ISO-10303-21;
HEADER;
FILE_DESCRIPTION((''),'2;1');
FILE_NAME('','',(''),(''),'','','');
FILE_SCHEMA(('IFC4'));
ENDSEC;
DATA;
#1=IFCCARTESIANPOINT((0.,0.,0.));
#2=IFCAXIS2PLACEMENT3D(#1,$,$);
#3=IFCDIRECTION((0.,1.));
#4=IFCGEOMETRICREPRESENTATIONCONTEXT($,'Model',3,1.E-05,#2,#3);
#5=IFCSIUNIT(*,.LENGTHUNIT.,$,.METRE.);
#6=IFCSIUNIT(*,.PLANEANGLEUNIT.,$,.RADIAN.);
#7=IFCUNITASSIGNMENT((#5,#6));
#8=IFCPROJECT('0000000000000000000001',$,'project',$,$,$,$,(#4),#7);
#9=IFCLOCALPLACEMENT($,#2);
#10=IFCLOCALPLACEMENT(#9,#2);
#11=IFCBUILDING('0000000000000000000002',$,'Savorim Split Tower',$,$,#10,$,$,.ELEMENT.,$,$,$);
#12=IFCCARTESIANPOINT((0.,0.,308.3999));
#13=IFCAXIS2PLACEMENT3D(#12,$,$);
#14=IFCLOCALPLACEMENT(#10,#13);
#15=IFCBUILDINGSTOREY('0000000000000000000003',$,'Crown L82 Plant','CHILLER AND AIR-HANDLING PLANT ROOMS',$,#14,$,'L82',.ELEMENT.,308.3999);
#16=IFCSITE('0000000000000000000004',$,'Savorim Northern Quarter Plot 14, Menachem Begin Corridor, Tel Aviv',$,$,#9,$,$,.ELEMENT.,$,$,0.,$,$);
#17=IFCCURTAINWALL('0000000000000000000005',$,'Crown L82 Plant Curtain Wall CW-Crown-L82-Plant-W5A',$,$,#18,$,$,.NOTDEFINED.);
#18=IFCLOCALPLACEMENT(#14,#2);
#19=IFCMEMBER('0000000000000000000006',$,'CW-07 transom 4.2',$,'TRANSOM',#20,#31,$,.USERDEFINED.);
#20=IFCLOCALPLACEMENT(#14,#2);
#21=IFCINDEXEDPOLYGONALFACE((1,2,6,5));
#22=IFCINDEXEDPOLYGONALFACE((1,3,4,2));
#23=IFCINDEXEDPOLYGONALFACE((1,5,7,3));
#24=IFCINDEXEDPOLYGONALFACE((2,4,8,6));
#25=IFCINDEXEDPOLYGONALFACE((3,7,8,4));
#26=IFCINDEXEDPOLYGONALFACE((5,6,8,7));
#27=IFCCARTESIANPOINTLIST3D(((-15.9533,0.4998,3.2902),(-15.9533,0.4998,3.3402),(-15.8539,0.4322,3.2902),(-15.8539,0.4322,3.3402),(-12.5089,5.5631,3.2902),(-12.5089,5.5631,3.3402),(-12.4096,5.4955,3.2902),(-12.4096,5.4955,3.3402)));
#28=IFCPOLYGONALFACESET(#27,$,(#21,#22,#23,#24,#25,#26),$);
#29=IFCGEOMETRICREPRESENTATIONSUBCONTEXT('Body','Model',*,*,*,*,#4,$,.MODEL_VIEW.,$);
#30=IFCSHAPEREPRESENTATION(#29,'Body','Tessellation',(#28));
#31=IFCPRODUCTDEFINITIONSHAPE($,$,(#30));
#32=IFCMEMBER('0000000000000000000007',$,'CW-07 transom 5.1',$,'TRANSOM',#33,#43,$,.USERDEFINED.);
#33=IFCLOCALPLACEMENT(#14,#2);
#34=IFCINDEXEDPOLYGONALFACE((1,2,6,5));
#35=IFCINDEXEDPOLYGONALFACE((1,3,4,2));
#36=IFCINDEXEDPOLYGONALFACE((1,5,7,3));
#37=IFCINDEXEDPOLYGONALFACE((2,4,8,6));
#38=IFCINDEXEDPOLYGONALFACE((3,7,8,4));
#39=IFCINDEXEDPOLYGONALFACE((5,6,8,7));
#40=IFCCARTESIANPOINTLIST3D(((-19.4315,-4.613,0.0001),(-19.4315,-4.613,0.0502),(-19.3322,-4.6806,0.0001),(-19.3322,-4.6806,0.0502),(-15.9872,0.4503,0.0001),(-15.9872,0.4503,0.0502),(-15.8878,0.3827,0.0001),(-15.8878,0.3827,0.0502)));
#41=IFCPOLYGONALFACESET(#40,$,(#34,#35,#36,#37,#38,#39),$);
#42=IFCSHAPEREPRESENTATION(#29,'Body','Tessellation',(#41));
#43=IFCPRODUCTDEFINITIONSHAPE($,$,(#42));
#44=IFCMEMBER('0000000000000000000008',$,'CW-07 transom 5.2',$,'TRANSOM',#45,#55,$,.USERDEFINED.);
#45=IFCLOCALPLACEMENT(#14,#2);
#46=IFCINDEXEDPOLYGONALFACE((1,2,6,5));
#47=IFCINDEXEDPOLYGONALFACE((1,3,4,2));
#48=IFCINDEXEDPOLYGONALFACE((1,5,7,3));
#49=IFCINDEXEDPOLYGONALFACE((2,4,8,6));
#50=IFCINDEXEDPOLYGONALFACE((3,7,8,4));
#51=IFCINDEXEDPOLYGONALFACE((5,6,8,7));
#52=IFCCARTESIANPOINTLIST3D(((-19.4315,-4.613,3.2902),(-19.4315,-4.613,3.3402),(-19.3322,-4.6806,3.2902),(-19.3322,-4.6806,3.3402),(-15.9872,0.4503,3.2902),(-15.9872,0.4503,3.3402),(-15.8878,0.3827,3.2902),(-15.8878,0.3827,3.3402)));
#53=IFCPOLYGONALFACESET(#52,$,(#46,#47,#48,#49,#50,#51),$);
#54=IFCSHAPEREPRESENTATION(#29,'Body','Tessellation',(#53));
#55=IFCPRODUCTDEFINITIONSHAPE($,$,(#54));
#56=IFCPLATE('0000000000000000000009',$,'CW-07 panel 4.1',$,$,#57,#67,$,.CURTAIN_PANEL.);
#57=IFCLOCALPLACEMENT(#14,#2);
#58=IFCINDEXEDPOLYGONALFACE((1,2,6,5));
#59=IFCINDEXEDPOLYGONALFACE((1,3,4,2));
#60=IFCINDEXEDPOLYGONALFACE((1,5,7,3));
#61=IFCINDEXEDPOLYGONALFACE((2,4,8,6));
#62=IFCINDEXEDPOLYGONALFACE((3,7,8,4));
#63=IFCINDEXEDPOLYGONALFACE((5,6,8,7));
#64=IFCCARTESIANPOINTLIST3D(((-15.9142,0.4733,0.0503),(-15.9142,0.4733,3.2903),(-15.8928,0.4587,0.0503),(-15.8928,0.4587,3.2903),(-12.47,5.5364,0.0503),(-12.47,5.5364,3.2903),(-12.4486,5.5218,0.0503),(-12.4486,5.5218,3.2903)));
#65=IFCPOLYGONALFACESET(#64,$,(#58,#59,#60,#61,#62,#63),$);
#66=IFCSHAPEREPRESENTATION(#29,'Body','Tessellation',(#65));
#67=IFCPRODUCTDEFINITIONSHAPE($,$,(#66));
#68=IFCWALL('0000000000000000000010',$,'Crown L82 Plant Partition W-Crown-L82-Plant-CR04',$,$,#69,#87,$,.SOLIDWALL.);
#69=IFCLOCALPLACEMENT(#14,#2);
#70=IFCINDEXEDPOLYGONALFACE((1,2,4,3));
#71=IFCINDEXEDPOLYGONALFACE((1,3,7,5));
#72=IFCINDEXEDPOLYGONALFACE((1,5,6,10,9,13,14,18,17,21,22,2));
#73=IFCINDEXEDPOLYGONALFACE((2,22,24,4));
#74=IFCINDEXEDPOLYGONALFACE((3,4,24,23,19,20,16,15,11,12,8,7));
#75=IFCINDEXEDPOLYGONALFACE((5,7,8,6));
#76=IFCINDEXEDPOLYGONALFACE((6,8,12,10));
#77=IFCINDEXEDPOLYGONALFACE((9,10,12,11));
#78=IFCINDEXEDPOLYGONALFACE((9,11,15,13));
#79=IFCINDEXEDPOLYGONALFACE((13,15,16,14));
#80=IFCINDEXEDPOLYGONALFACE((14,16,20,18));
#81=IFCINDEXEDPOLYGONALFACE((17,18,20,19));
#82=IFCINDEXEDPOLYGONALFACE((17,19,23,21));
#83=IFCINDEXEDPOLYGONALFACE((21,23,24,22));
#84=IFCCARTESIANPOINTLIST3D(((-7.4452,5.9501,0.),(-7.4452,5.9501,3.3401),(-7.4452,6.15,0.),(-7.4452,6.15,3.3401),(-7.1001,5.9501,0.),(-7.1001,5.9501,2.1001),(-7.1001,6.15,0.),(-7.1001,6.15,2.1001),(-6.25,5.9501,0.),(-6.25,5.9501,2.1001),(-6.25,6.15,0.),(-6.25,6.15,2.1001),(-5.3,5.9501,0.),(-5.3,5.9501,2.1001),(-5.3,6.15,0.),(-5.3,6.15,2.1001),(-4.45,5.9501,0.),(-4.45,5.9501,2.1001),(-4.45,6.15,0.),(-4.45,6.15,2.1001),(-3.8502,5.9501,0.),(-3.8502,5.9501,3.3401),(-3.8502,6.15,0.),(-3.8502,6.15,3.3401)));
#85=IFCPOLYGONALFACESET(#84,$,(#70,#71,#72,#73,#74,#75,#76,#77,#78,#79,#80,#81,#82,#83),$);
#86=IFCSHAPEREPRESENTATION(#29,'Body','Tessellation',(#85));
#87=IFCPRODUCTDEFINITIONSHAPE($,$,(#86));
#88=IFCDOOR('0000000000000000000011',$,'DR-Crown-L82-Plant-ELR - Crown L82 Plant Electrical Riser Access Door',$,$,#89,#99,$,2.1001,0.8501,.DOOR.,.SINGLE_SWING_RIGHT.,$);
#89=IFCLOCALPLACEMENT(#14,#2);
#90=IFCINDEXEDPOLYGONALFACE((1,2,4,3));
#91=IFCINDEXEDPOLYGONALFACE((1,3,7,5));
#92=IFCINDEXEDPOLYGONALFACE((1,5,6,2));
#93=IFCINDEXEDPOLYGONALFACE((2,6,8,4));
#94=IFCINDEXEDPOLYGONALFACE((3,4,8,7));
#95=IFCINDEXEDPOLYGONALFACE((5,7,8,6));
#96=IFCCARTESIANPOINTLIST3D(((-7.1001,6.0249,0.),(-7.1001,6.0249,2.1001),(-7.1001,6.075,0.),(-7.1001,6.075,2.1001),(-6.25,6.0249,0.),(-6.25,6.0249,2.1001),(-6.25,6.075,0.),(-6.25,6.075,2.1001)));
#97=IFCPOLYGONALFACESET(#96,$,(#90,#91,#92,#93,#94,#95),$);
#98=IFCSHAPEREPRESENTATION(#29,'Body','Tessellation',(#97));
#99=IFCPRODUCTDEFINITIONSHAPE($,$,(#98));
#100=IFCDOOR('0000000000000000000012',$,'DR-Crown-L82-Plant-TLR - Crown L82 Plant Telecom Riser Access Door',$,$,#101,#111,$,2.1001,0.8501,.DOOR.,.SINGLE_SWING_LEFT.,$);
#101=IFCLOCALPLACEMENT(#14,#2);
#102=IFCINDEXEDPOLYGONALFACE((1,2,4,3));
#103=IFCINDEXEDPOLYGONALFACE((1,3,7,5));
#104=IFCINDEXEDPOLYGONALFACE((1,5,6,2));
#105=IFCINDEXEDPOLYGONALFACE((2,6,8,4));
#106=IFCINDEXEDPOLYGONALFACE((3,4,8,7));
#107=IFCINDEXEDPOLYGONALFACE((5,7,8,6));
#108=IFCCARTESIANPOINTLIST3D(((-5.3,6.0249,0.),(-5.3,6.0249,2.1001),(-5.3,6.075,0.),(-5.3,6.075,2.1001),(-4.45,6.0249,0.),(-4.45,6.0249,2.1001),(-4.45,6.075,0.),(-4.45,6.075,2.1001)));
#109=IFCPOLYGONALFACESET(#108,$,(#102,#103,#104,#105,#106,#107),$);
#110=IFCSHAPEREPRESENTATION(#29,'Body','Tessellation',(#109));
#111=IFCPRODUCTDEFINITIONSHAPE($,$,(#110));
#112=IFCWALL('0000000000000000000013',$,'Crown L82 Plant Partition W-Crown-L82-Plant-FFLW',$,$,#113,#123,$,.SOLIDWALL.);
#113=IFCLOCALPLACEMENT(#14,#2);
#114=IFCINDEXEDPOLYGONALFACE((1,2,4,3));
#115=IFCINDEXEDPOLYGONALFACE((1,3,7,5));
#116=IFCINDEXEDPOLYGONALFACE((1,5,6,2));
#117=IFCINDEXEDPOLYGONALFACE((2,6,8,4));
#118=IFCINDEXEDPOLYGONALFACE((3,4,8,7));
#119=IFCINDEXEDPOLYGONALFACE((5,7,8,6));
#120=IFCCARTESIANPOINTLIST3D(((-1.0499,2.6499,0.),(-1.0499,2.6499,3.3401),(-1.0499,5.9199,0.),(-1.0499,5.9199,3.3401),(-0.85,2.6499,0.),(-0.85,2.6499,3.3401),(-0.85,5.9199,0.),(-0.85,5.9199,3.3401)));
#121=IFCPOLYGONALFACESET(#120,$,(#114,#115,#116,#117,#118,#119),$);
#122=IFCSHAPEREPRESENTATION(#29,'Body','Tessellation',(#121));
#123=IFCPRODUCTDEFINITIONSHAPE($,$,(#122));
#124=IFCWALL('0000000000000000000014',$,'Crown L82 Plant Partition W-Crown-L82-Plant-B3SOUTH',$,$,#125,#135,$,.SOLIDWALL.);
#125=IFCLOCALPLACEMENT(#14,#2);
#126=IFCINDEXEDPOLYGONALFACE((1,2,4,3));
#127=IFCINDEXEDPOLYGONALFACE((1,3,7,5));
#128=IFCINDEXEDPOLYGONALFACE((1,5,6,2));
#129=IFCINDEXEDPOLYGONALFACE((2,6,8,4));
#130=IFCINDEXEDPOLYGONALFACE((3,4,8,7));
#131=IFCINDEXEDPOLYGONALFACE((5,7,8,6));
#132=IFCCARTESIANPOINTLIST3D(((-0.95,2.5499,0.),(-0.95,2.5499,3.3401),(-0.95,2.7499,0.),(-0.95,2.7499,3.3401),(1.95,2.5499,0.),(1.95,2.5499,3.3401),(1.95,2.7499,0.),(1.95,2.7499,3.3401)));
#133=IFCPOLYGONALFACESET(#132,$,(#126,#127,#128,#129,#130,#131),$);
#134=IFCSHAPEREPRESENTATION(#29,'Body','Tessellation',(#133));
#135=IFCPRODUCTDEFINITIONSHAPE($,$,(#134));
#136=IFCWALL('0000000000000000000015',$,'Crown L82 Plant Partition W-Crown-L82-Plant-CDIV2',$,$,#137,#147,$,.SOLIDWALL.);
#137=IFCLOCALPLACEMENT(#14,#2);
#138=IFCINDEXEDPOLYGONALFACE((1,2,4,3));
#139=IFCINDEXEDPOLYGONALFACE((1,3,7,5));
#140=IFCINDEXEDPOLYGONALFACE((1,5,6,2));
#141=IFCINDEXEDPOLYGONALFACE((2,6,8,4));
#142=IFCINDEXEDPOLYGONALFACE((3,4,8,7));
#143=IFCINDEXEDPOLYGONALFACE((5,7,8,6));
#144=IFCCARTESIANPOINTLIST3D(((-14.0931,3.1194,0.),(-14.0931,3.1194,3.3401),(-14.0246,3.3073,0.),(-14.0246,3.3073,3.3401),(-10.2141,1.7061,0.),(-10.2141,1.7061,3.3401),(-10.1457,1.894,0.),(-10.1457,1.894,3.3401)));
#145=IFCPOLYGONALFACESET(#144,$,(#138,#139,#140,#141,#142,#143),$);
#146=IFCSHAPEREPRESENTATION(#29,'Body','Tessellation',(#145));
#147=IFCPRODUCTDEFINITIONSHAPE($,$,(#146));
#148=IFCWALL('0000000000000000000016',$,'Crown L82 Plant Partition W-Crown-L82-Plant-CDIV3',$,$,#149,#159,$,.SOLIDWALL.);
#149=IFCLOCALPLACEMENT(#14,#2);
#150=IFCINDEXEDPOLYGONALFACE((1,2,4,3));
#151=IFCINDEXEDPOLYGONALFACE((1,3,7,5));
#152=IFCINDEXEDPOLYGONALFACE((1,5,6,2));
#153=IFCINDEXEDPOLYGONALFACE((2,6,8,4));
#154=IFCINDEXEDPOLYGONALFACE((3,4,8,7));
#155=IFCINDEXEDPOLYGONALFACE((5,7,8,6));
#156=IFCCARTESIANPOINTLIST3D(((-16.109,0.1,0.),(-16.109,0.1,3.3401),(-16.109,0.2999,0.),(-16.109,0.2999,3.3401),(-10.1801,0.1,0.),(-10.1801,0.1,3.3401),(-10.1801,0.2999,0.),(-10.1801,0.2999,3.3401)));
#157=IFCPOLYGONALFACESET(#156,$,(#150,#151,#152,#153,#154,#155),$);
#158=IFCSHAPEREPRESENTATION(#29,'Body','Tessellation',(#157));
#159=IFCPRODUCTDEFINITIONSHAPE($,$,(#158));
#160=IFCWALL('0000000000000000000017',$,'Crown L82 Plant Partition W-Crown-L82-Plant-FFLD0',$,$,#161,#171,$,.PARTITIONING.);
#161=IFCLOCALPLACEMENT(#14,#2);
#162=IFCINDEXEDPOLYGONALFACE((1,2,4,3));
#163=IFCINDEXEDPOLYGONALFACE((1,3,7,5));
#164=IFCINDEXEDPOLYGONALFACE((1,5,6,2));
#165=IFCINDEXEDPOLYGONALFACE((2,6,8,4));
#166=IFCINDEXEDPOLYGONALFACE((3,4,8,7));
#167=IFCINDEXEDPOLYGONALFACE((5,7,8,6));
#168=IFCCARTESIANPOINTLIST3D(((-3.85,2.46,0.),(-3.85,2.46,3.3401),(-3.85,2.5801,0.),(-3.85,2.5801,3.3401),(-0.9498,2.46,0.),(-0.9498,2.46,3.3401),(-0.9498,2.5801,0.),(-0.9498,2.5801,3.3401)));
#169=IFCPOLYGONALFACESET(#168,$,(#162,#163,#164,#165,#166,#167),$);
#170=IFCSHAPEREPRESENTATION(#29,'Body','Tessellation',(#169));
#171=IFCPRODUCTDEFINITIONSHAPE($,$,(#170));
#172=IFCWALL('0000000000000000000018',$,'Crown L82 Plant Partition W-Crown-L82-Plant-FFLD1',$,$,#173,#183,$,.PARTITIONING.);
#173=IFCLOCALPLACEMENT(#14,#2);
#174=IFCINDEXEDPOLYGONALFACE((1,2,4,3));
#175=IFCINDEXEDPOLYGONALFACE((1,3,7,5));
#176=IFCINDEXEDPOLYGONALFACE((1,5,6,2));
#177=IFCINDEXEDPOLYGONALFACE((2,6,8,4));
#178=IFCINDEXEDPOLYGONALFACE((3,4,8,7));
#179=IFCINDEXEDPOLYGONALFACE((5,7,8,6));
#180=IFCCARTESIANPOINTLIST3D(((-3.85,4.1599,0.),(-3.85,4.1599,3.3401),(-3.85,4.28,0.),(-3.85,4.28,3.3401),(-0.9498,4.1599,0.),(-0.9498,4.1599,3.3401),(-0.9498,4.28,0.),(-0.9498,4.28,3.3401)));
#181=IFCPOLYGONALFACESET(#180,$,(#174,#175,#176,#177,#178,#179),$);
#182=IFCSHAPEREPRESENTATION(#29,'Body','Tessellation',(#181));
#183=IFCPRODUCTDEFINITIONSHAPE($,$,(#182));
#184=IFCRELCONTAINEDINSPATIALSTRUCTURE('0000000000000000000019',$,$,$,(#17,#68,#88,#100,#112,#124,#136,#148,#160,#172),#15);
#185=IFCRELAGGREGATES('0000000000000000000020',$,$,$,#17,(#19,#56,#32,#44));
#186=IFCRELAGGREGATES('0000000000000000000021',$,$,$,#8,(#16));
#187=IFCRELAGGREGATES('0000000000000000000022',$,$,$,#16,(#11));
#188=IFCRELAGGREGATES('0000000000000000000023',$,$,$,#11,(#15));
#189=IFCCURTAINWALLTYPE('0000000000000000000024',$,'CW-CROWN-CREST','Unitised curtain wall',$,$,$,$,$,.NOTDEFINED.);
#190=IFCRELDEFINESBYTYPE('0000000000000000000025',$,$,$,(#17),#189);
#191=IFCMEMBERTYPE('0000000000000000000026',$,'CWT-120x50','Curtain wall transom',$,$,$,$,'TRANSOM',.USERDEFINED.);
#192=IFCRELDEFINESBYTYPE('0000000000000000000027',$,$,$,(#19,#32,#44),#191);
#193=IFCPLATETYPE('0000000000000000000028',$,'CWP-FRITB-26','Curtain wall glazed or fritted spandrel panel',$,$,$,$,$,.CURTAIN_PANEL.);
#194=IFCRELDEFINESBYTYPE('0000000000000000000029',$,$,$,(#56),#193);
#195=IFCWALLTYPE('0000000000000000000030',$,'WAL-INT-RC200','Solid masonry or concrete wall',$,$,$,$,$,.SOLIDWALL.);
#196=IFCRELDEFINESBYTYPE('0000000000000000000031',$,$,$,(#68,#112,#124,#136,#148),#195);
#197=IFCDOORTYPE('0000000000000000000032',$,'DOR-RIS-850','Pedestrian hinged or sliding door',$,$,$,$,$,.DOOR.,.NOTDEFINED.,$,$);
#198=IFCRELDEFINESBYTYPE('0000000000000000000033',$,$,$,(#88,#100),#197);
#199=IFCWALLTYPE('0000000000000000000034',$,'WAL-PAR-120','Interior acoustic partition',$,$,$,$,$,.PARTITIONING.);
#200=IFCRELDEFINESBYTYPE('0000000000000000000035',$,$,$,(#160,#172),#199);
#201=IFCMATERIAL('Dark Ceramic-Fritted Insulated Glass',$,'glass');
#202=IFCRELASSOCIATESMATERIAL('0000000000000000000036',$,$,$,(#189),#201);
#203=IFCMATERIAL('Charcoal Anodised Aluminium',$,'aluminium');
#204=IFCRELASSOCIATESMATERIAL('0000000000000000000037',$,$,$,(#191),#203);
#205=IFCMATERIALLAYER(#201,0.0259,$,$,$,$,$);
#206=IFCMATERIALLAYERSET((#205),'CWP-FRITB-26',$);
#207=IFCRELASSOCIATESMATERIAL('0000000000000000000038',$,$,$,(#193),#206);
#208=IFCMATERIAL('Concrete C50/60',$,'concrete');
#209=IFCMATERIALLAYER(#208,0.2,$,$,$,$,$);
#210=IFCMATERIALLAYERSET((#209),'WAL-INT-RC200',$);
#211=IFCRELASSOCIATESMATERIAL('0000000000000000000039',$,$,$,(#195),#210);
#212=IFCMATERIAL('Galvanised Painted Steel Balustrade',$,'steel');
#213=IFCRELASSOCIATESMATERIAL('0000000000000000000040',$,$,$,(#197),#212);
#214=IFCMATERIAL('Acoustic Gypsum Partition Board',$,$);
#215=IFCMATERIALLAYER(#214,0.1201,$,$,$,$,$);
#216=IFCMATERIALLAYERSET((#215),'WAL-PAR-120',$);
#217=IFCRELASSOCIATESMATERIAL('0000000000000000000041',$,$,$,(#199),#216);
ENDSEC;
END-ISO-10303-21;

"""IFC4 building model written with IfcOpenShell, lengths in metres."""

from ifc_helpers import new_model, si_unit, direction, frame, frame_2d, origin, origin_2d, place, context, subcontext, project, spatial, rectangle, extrude, material, layer, layer_set, material_profile, profile_set, type_object, element, fill, aggregate, save


model = new_model("IFC4")

# Units and contexts
model_context = context("Model", 3, precision=1e-05, world=origin(), true_north=direction((0.0, 1.0)))
body_context = subcontext(model_context, "Body", "Model", "MODEL_VIEW")
ifc_project = project(units=[si_unit("LENGTHUNIT", "METRE"), si_unit("PLANEANGLEUNIT", "RADIAN")], contexts=[model_context])

# Site, building, storey
site_placement = place(None, origin())
site = spatial("IfcSite", under=ifc_project, at=site_placement, Name="Savorim Northern Quarter Plot 14, Menachem Begin Corridor, Tel Aviv", CompositionType="ELEMENT", RefElevation=0.0)
building_placement = place(site_placement, origin())
building = spatial("IfcBuilding", under=site, at=building_placement, Name="Savorim Split Tower", CompositionType="ELEMENT")
storey_placement = place(building_placement, frame((0.0, 0.0, 308.3999)))
storey = spatial("IfcBuildingStorey", under=building, at=storey_placement, Name="Crown L82 Plant", Description="CHILLER AND AIR-HANDLING PLANT ROOMS", LongName="L82", CompositionType="ELEMENT", Elevation=308.3999)

# Curtain wall, members, plate
ifc_material_1 = material(Name="Dark Ceramic-Fritted Insulated Glass", Category="glass")
curtain_wall_type = type_object("IfcCurtainWallType", Name="CW-CROWN-CREST", Description="Unitised curtain wall", PredefinedType="NOTDEFINED", material=ifc_material_1)
curtain_wall_placement = place(storey_placement, origin())
curtain_wall = element("IfcCurtainWall", 1, at=curtain_wall_placement, inside=storey, type_object=curtain_wall_type, Name="Crown L82 Plant Curtain Wall CW-Crown-L82-Plant-W5A", PredefinedType="NOTDEFINED")
ifc_material_2 = material(Name="Charcoal Anodised Aluminium", Category="aluminium")
ifc_material_profile_1 = material_profile(ifc_material_2, rectangle(XDim=0.1201, YDim=0.05, at=origin_2d()), Name="ALU-T 120x50")
ifc_profile_set_1 = profile_set([ifc_material_profile_1], Name="Charcoal Anodised Aluminium")
member_type_1 = type_object("IfcMemberType", Name="CWT-120x50", Description="Curtain wall transom", ElementType="TRANSOM", PredefinedType="USERDEFINED", material=ifc_profile_set_1)
member_1_placement = place(storey_placement, frame((-12.4592, 5.5293, 3.3152), z_axis=(-0.562459, -0.826825, 0.0), x_axis=(0.826825, -0.562459, 0.0)))
member_1 = element("IfcMember", 2, at=member_1_placement, type_object=member_type_1, Name="CW-07 transom 4.2", ObjectType="TRANSOM", PredefinedType="USERDEFINED", context=body_context, shape_type="SweptSolid", body=[
    extrude(rectangle(XDim=0.1201, YDim=0.05, at=origin_2d()), origin(), (0.0, 0.0, 1.0), 6.1238),
])
member_2_placement = place(storey_placement, frame((-15.9375, 0.4165, 0.0251), z_axis=(-0.562459, -0.826825, 0.0), x_axis=(0.826825, -0.562459, 0.0)))
member_2 = element("IfcMember", 3, at=member_2_placement, type_object=member_type_1, Name="CW-07 transom 5.1", ObjectType="TRANSOM", PredefinedType="USERDEFINED", context=body_context, shape_type="SweptSolid", body=[
    extrude(rectangle(XDim=0.1201, YDim=0.05, at=origin_2d()), origin(), (0.0, 0.0, 1.0), 6.1238),
])
member_3_placement = place(storey_placement, frame((-15.9375, 0.4165, 3.3152), z_axis=(-0.562459, -0.826825, 0.0), x_axis=(0.826825, -0.562459, 0.0)))
member_3 = element("IfcMember", 4, at=member_3_placement, type_object=member_type_1, Name="CW-07 transom 5.2", ObjectType="TRANSOM", PredefinedType="USERDEFINED", context=body_context, shape_type="SweptSolid", body=[
    extrude(rectangle(XDim=0.1201, YDim=0.05, at=origin_2d()), origin(), (0.0, 0.0, 1.0), 6.1238),
])
ifc_layer_1 = layer(ifc_material_1, 0.0259)
ifc_layer_set_1 = layer_set([ifc_layer_1], Name="CWP-FRITB-26")
plate_type = type_object("IfcPlateType", Name="CWP-FRITB-26", Description="Curtain wall glazed or fritted spandrel panel", PredefinedType="CURTAIN_PANEL", material=ifc_layer_set_1)
plate_placement = place(storey_placement, frame((-14.1814, 2.9976, 0.0503), z_axis=(0.0, 0.0, 1.0), x_axis=(-0.562466, -0.82682, 0.0)))
plate = element("IfcPlate", 5, at=plate_placement, type_object=plate_type, Name="CW-07 panel 4.1", PredefinedType="CURTAIN_PANEL", context=body_context, shape_type="SweptSolid", body=[
    extrude(rectangle(XDim=6.1235, YDim=0.0259, at=origin_2d()), origin(), (0.0, 0.0, 1.0), 3.24),
])
aggregate(curtain_wall, [member_1, plate, member_2, member_3])

# Shared definitions
ifc_material_3 = material(Name="Concrete C50/60", Category="concrete")
ifc_layer_2 = layer(ifc_material_3, 0.2)
ifc_layer_set_2 = layer_set([ifc_layer_2], Name="WAL-INT-RC200")
wall_type_1 = type_object("IfcWallType", Name="WAL-INT-RC200", Description="Solid masonry or concrete wall", PredefinedType="SOLIDWALL", material=ifc_layer_set_2)

# Wall, openings, doors
wall_1_placement = place(storey_placement, frame((-7.4451, 6.05, 0.0), z_axis=(0.0, 0.0, 1.0), x_axis=(1.0, 0.0, 0.0)))
wall_1 = element("IfcWall", 6, at=wall_1_placement, inside=storey, type_object=wall_type_1, Name="Crown L82 Plant Partition W-Crown-L82-Plant-CR04", PredefinedType="SOLIDWALL", context=body_context, shape_type="SweptSolid", body=[
    extrude(rectangle(XDim=3.595, YDim=0.2, at=frame_2d((1.7974, 0.0))), origin(), (0.0, 0.0, 1.0), 3.3401),
])
opening_1_placement = place(wall_1_placement, frame((0.345, 0.0, 0.0)))
opening_1 = element("IfcOpeningElement", 7, at=opening_1_placement, cuts=wall_1, PredefinedType="OPENING", context=body_context, shape_type="SweptSolid", body=[
    extrude(rectangle(XDim=0.8501, YDim=2.1001, at=frame_2d((0.425, 1.05))), frame((0.0, 0.1099, 0.0), z_axis=(0.0, -1.0, 0.0), x_axis=(1.0, 0.0, 0.0)), (0.0, 0.0, 1.0), 0.22),
])
opening_2_placement = place(wall_1_placement, frame((2.145, 0.0, 0.0)))
opening_2 = element("IfcOpeningElement", 8, at=opening_2_placement, cuts=wall_1, PredefinedType="OPENING", context=body_context, shape_type="SweptSolid", body=[
    extrude(rectangle(XDim=0.8501, YDim=2.1001, at=frame_2d((0.425, 1.05))), frame((0.0, 0.1099, 0.0), z_axis=(0.0, -1.0, 0.0), x_axis=(1.0, 0.0, 0.0)), (0.0, 0.0, 1.0), 0.22),
])
ifc_material_4 = material(Name="Galvanised Painted Steel Balustrade", Category="steel")
door_type_1 = type_object("IfcDoorType", Name="DOR-RIS-850", Description="Pedestrian hinged or sliding door", OperationType="NOTDEFINED", PredefinedType="DOOR", material=ifc_material_4)
door_1_placement = place(opening_1_placement, origin())
door_1 = element("IfcDoor", 9, at=door_1_placement, inside=storey, type_object=door_type_1, Name="DR-Crown-L82-Plant-ELR - Crown L82 Plant Electrical Riser Access Door", OperationType="SINGLE_SWING_RIGHT", OverallHeight=2.1001, OverallWidth=0.8501, PredefinedType="DOOR", context=body_context, shape_type="SweptSolid", body=[
    extrude(rectangle(XDim=0.8501, YDim=2.1001, at=frame_2d((0.425, 1.05))), frame((0.0, 0.0249, 0.0), z_axis=(0.0, -1.0, 0.0), x_axis=(1.0, 0.0, 0.0)), (0.0, 0.0, 1.0), 0.05),
])
fill(opening_1, door_1)
door_2_placement = place(opening_2_placement, origin())
door_2 = element("IfcDoor", 10, at=door_2_placement, inside=storey, type_object=door_type_1, Name="DR-Crown-L82-Plant-TLR - Crown L82 Plant Telecom Riser Access Door", OperationType="SINGLE_SWING_LEFT", OverallHeight=2.1001, OverallWidth=0.8501, PredefinedType="DOOR", context=body_context, shape_type="SweptSolid", body=[
    extrude(rectangle(XDim=0.8501, YDim=2.1001, at=frame_2d((0.425, 1.05))), frame((0.0, 0.0249, 0.0), z_axis=(0.0, -1.0, 0.0), x_axis=(1.0, 0.0, 0.0)), (0.0, 0.0, 1.0), 0.05),
])
fill(opening_2, door_2)

# Walls
wall_2_placement = place(storey_placement, frame((-0.95, 2.6499, 0.0), z_axis=(0.0, 0.0, 1.0), x_axis=(0.0, 1.0, 0.0)))
element("IfcWall", 11, at=wall_2_placement, inside=storey, type_object=wall_type_1, Name="Crown L82 Plant Partition W-Crown-L82-Plant-FFLW", PredefinedType="SOLIDWALL", context=body_context, shape_type="SweptSolid", body=[
    extrude(rectangle(XDim=3.27, YDim=0.2, at=frame_2d((1.635, 0.0))), origin(), (0.0, 0.0, 1.0), 3.3401),
])
wall_3_placement = place(storey_placement, frame((-0.95, 2.6499, 0.0), z_axis=(0.0, 0.0, 1.0), x_axis=(1.0, 0.0, 0.0)))
element("IfcWall", 12, at=wall_3_placement, inside=storey, type_object=wall_type_1, Name="Crown L82 Plant Partition W-Crown-L82-Plant-B3SOUTH", PredefinedType="SOLIDWALL", context=body_context, shape_type="SweptSolid", body=[
    extrude(rectangle(XDim=2.8999, YDim=0.2, at=frame_2d((1.45, 0.0))), origin(), (0.0, 0.0, 1.0), 3.3401),
])
wall_4_placement = place(storey_placement, frame((-14.0588, 3.2134, 0.0), z_axis=(0.0, 0.0, 1.0), x_axis=(0.939574, -0.342346, 0.0)))
element("IfcWall", 13, at=wall_4_placement, inside=storey, type_object=wall_type_1, Name="Crown L82 Plant Partition W-Crown-L82-Plant-CDIV2", PredefinedType="SOLIDWALL", context=body_context, shape_type="SweptSolid", body=[
    extrude(rectangle(XDim=4.1284, YDim=0.2, at=frame_2d((2.0642, 0.0))), origin(), (0.0, 0.0, 1.0), 3.3401),
])
wall_5_placement = place(storey_placement, frame((-16.1089, 0.2, 0.0), z_axis=(0.0, 0.0, 1.0), x_axis=(1.0, 0.0, 0.0)))
element("IfcWall", 14, at=wall_5_placement, inside=storey, type_object=wall_type_1, Name="Crown L82 Plant Partition W-Crown-L82-Plant-CDIV3", PredefinedType="SOLIDWALL", context=body_context, shape_type="SweptSolid", body=[
    extrude(rectangle(XDim=5.929, YDim=0.2, at=frame_2d((2.9644, 0.0))), origin(), (0.0, 0.0, 1.0), 3.3401),
])
ifc_material_5 = material(Name="Acoustic Gypsum Partition Board")
ifc_layer_3 = layer(ifc_material_5, 0.1201)
ifc_layer_set_3 = layer_set([ifc_layer_3], Name="WAL-PAR-120")
wall_type_2 = type_object("IfcWallType", Name="WAL-PAR-120", Description="Interior acoustic partition", PredefinedType="PARTITIONING", material=ifc_layer_set_3)
for number, where, z_axis, x_axis, name in (
    (15, (-3.8501, 2.52, 0.0), (0.0, 0.0, 1.0), (1.0, 0.0, 0.0), "Crown L82 Plant Partition W-Crown-L82-Plant-FFLD0"),
    (16, (-3.8501, 4.22, 0.0), (0.0, 0.0, 1.0), (1.0, 0.0, 0.0), "Crown L82 Plant Partition W-Crown-L82-Plant-FFLD1"),
):
    element("IfcWall", number, at=place(storey_placement, frame(where, z_axis=z_axis, x_axis=x_axis)), inside=storey, type_object=wall_type_2, Name=name, PredefinedType="PARTITIONING", context=body_context, shape_type="SweptSolid", body=[
        extrude(rectangle(XDim=2.9001, YDim=0.1201, at=frame_2d((1.4502, 0.0))), origin(), (0.0, 0.0, 1.0), 3.3401),
    ])

save(model, "model.ifc")
